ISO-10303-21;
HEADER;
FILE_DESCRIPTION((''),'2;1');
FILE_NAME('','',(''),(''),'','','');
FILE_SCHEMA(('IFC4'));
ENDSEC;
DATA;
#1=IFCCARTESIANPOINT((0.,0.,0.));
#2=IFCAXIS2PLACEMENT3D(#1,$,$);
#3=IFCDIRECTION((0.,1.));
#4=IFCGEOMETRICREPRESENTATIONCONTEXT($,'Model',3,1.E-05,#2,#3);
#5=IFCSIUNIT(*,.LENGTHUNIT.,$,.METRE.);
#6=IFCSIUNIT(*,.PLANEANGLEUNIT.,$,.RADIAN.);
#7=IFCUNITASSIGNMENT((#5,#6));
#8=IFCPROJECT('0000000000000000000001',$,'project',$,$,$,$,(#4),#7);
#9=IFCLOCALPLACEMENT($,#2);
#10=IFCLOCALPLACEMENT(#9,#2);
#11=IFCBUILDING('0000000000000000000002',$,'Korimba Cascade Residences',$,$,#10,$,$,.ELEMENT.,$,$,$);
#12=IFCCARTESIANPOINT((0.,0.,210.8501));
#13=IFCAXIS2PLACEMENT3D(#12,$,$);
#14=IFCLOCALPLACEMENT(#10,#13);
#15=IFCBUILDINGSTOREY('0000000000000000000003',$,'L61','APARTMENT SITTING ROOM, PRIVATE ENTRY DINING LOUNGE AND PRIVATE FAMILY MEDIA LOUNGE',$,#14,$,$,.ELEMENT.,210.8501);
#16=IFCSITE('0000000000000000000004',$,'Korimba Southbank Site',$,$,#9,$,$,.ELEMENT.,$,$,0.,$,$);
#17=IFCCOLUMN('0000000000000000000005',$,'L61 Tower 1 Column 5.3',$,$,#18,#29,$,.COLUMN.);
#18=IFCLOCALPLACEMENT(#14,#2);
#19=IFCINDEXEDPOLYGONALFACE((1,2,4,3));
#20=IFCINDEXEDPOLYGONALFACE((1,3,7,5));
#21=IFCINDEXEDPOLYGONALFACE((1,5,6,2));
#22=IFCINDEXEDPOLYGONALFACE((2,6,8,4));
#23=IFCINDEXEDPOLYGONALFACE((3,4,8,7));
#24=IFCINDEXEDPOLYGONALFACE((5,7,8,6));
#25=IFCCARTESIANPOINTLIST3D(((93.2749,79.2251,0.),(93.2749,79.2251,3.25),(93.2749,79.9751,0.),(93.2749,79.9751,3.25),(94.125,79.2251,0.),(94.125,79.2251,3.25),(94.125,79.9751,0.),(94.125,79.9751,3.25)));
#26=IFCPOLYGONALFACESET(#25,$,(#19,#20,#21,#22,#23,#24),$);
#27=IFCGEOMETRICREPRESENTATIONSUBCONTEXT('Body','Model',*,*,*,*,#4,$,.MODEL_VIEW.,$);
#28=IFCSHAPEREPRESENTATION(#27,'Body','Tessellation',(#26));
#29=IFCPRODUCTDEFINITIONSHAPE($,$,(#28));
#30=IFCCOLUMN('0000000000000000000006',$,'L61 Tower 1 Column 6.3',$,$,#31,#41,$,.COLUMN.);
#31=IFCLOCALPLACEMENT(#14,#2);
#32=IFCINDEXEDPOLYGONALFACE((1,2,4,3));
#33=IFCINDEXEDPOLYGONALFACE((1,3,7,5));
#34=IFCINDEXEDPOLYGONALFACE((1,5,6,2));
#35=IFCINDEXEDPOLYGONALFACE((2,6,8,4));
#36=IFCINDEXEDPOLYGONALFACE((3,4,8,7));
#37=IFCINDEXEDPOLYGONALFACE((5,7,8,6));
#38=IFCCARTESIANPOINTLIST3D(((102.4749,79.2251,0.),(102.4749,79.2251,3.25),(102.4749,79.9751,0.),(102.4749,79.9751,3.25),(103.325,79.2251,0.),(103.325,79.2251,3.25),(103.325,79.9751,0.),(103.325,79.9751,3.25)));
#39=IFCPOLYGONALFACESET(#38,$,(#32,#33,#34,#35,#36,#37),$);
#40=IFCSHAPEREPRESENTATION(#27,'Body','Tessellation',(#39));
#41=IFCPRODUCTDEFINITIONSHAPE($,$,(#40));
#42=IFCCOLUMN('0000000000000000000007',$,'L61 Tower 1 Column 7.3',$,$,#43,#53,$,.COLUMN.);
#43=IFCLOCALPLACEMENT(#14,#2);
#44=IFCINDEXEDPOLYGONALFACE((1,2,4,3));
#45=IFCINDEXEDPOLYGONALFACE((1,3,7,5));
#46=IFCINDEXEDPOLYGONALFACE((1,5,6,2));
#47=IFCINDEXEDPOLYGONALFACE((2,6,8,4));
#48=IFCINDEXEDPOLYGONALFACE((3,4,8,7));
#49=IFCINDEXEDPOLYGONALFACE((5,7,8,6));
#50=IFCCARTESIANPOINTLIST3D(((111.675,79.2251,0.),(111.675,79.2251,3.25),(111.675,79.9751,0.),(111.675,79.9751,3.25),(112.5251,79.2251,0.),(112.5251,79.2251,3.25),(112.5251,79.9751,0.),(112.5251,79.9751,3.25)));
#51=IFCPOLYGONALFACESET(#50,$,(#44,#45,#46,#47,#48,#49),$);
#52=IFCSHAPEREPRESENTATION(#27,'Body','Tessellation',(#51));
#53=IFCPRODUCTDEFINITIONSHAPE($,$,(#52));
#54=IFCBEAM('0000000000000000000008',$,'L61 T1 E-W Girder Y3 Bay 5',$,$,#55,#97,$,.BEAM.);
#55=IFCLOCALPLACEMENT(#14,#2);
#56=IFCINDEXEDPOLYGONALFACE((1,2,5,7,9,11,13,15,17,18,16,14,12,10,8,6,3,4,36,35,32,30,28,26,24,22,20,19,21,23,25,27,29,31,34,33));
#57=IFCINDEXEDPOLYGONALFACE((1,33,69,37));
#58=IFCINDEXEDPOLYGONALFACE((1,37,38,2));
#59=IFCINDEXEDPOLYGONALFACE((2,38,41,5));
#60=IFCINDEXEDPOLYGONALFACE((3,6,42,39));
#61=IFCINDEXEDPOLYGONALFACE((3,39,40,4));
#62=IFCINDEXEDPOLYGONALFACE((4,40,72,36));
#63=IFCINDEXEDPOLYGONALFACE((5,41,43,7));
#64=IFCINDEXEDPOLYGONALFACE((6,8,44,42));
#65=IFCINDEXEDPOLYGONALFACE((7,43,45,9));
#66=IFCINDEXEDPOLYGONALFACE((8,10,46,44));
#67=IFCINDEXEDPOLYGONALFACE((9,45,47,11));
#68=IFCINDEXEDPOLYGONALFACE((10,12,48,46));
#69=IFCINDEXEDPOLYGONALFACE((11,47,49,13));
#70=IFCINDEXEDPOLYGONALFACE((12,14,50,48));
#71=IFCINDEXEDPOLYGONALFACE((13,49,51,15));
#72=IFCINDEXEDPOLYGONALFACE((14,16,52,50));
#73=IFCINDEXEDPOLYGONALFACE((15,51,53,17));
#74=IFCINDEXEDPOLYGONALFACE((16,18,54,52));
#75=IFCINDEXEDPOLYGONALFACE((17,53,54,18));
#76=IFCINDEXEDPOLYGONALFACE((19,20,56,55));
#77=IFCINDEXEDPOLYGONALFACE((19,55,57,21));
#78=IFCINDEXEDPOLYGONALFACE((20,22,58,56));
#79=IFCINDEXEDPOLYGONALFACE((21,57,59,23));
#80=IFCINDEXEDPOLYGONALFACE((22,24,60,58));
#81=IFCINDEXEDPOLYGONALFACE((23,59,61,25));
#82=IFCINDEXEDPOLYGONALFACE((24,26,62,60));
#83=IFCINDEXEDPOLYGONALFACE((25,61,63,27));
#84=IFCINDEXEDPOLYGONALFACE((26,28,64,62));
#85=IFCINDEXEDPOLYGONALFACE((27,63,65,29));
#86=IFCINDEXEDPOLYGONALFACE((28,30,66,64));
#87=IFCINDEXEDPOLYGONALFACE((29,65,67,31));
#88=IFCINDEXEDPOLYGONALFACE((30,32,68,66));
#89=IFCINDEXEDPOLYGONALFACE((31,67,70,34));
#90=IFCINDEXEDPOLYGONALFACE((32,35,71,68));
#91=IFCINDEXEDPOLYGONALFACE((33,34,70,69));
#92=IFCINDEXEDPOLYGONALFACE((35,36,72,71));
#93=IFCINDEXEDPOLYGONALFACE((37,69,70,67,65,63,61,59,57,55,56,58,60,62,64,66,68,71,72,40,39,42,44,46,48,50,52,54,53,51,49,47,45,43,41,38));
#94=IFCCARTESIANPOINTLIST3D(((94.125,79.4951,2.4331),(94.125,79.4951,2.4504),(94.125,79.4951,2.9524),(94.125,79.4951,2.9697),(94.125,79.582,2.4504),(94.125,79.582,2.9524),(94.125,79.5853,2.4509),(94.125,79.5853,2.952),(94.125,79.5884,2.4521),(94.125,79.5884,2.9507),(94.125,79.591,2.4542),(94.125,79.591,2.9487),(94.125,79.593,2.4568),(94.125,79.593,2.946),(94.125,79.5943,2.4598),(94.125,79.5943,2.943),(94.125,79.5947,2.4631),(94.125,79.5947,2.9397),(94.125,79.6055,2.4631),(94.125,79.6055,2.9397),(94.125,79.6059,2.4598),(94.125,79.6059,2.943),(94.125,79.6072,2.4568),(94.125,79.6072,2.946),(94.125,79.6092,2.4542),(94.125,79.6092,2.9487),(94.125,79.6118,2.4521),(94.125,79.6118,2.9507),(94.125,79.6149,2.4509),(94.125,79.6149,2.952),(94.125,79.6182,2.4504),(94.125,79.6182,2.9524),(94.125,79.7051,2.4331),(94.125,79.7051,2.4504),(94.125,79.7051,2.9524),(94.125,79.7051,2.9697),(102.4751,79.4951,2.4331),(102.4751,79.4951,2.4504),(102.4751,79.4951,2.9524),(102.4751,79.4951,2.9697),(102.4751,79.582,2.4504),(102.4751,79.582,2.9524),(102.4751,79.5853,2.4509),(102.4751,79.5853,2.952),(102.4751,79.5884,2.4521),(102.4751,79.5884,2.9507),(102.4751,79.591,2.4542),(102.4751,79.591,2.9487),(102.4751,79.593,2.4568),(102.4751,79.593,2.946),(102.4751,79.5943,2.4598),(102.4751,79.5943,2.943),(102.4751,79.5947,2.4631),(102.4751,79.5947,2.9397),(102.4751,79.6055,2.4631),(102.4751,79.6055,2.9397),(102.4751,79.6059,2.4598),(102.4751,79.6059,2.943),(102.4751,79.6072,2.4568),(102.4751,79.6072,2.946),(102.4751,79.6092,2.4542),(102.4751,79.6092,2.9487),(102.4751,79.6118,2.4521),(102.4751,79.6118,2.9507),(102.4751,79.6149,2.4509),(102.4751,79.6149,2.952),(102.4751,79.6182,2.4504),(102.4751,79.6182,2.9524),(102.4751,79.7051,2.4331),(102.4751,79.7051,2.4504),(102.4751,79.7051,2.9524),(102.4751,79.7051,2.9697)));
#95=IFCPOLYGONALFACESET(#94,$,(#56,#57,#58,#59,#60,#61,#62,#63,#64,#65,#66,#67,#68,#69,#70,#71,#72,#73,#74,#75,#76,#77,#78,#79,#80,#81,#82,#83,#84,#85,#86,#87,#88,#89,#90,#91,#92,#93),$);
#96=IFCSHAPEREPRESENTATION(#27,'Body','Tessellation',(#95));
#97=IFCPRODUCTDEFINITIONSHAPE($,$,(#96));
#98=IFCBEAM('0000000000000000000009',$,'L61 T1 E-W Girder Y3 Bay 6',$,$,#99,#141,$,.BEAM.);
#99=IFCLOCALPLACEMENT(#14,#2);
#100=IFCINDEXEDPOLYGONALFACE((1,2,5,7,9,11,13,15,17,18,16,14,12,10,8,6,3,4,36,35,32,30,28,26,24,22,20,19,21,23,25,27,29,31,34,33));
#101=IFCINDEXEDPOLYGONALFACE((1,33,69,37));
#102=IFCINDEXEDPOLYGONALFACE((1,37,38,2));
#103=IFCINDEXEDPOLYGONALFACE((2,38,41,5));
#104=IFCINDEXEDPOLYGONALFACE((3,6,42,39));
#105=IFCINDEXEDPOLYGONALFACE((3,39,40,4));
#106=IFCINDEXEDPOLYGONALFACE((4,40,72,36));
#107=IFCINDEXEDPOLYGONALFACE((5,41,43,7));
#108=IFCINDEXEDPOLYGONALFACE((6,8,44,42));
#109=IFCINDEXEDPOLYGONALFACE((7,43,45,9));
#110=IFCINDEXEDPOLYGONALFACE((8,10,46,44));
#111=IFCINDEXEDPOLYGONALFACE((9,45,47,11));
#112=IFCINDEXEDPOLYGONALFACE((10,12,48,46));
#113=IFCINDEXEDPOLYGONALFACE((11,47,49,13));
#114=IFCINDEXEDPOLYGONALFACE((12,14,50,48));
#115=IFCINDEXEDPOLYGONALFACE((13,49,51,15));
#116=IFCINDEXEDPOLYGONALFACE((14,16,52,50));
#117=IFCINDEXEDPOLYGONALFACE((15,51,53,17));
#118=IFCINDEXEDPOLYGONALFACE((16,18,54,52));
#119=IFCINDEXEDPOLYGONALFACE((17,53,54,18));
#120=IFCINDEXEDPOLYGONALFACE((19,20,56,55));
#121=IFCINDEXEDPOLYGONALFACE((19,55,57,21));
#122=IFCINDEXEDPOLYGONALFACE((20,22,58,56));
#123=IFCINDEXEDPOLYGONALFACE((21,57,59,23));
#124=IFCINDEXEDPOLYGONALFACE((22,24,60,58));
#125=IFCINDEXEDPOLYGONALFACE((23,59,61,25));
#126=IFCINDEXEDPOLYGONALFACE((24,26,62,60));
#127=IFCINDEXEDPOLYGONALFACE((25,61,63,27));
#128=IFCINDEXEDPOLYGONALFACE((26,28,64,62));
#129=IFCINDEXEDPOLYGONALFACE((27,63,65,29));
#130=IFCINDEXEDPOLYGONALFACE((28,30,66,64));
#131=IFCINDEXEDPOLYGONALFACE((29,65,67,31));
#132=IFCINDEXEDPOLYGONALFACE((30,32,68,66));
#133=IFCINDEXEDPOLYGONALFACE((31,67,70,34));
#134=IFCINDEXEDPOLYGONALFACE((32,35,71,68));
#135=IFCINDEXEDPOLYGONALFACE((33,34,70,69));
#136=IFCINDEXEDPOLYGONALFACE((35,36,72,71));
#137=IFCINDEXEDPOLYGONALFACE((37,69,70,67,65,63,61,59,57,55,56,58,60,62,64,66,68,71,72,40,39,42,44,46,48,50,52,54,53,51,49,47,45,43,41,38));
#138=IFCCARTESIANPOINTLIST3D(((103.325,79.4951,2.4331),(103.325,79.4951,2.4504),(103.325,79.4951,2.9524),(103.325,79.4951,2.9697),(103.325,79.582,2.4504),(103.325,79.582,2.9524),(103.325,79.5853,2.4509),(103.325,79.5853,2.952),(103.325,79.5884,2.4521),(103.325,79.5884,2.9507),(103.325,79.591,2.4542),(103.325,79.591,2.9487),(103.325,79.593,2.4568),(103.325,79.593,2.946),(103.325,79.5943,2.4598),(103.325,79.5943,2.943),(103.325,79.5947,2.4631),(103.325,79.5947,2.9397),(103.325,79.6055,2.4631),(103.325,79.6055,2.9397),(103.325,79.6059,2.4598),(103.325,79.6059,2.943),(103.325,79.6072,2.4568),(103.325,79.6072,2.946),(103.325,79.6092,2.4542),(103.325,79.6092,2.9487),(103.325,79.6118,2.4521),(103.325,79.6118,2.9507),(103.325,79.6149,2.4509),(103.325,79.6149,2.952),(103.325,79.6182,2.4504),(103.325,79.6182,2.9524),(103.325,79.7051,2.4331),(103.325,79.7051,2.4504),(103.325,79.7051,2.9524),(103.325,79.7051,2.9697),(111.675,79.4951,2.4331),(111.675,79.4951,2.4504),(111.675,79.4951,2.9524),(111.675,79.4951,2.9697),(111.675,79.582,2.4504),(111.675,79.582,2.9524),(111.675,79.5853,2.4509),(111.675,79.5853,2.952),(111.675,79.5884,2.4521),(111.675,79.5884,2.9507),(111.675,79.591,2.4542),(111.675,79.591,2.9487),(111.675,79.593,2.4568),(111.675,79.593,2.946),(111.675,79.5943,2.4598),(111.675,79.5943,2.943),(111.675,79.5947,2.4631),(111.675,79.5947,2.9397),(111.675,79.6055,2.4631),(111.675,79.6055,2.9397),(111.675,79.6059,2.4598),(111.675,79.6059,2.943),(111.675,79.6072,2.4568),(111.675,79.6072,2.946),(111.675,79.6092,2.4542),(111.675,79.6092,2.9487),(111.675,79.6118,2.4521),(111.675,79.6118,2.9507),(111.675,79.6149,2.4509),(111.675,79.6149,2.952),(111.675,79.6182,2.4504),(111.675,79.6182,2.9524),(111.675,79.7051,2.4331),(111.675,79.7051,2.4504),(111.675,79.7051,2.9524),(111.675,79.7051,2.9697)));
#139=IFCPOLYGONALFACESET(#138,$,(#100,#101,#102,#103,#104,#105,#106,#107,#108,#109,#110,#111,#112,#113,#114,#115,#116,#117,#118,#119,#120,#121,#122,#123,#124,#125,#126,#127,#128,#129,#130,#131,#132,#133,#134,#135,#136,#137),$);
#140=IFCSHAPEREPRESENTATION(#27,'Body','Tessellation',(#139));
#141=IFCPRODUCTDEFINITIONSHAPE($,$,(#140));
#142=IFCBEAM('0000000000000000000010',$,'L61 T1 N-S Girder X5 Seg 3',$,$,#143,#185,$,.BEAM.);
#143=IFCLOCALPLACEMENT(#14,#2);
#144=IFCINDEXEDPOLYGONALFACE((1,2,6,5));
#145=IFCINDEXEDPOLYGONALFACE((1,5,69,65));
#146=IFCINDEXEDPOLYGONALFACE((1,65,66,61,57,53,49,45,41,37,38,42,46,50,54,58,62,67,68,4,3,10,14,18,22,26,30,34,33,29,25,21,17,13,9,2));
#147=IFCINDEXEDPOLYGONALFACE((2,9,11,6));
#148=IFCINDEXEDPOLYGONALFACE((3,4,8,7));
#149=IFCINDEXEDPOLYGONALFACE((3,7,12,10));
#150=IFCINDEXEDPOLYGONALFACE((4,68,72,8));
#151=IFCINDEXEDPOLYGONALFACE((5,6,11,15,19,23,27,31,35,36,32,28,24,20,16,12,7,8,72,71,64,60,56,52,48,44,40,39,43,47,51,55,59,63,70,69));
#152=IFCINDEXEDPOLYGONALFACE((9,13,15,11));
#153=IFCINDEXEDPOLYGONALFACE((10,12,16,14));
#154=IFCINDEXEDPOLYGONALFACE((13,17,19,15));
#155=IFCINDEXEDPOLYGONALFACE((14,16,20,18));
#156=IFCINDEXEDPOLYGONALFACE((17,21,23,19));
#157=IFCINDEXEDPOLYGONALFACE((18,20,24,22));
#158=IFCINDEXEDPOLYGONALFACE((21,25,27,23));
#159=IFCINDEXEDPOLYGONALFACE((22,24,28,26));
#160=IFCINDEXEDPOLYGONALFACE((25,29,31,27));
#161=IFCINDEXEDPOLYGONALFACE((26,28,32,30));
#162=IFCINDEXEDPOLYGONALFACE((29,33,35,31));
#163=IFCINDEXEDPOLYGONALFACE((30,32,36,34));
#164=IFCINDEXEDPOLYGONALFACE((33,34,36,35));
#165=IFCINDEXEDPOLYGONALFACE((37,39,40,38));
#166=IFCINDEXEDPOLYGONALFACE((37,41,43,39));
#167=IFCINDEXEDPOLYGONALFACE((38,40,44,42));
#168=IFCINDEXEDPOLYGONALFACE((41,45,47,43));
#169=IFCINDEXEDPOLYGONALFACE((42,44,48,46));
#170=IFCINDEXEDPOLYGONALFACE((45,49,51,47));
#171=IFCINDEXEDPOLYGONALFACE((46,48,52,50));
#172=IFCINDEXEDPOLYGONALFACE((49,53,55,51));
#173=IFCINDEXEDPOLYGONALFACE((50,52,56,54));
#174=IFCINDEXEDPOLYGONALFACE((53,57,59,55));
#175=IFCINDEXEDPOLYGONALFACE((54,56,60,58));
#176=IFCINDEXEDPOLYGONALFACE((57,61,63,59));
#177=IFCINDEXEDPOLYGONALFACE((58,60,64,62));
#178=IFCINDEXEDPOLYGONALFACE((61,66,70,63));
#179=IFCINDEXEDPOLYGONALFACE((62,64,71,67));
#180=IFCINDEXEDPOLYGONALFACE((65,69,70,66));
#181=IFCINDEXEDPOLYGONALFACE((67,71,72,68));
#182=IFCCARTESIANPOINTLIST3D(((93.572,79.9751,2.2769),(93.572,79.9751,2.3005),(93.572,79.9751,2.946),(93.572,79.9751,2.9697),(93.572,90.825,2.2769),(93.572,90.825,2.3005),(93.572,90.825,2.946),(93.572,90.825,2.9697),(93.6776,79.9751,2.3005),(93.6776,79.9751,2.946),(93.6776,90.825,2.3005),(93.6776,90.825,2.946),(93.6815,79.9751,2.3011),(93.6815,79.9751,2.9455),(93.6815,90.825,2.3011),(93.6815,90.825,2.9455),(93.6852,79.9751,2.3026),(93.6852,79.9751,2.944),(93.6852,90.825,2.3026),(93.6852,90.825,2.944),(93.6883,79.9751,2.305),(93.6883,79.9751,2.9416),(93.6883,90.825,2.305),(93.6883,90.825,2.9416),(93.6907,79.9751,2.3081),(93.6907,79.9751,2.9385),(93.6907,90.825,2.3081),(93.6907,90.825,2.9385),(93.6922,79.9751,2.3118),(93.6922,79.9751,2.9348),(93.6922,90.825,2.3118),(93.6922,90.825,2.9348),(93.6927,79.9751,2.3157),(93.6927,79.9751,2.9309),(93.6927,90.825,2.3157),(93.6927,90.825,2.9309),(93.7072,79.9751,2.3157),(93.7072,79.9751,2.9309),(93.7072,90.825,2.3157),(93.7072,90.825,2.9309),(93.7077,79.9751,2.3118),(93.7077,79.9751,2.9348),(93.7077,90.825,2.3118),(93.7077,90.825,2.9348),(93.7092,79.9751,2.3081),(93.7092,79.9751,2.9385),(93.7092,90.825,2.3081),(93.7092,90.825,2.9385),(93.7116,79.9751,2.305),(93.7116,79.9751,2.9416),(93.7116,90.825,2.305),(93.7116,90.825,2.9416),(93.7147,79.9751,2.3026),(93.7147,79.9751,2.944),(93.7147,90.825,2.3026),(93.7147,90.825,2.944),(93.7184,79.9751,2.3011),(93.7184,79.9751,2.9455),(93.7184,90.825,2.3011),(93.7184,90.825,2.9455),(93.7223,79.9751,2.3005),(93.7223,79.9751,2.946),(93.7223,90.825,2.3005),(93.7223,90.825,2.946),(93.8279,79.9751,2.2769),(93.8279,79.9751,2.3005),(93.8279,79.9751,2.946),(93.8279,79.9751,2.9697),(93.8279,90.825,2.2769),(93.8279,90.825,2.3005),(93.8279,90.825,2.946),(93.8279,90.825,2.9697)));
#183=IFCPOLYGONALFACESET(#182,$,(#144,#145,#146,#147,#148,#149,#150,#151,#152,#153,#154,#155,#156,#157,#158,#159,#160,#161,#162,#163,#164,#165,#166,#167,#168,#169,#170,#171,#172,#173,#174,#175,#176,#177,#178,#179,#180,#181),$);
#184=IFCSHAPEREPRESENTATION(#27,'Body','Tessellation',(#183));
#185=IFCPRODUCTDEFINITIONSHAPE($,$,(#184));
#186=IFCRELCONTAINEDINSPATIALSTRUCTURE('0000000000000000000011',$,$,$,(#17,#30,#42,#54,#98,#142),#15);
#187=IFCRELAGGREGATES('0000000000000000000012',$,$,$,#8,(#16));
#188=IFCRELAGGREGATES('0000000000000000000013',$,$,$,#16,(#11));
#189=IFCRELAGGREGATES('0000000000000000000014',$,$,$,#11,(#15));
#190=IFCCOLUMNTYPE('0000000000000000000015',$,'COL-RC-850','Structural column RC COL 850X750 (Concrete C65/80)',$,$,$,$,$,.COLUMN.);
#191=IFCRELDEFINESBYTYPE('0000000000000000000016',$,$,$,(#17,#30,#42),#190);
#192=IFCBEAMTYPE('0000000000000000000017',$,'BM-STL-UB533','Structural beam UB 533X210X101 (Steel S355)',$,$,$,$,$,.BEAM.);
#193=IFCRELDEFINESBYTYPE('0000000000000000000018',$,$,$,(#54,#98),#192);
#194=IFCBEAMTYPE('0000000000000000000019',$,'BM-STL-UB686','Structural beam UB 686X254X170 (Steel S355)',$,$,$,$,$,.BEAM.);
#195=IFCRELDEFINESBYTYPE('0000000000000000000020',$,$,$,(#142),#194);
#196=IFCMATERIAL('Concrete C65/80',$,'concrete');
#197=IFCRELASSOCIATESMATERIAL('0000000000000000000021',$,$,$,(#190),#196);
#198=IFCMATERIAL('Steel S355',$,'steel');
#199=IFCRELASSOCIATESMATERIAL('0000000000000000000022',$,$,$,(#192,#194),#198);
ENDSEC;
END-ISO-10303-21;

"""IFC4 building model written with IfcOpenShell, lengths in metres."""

from ifc_helpers import new_model, si_unit, direction, frame, origin, origin_2d, place, context, subcontext, project, spatial, rectangle, i_section, extrude, material, material_profile, profile_set, type_object, element, save


model = new_model("IFC4")

# Units and contexts
model_context = context("Model", 3, precision=1e-05, world=origin(), true_north=direction((0.0, 1.0)))
body_context = subcontext(model_context, "Body", "Model", "MODEL_VIEW")
ifc_project = project(units=[si_unit("LENGTHUNIT", "METRE"), si_unit("PLANEANGLEUNIT", "RADIAN")], contexts=[model_context])

# Site, building, storey
site_placement = place(None, origin())
site = spatial("IfcSite", under=ifc_project, at=site_placement, Name="Korimba Southbank Site", CompositionType="ELEMENT", RefElevation=0.0)
building_placement = place(site_placement, origin())
building = spatial("IfcBuilding", under=site, at=building_placement, Name="Korimba Cascade Residences", CompositionType="ELEMENT")
storey_placement = place(building_placement, frame((0.0, 0.0, 210.8501)))
storey = spatial("IfcBuildingStorey", under=building, at=storey_placement, Name="L61", Description="APARTMENT SITTING ROOM, PRIVATE ENTRY DINING LOUNGE AND PRIVATE FAMILY MEDIA LOUNGE", CompositionType="ELEMENT", Elevation=210.8501)

# Columns
ifc_material_1 = material(Name="Concrete C65/80", Category="concrete")
ifc_material_profile_1 = material_profile(ifc_material_1, rectangle(XDim=0.8501, YDim=0.75, at=origin_2d()), Name="Concrete C65/80")
ifc_profile_set_1 = profile_set([ifc_material_profile_1], Name="Concrete C65/80")
column_type = type_object("IfcColumnType", Name="COL-RC-850", Description="Structural column RC COL 850X750 (Concrete C65/80)", PredefinedType="COLUMN", material=ifc_profile_set_1)
for number, where, z_axis, x_axis, name in (
    (1, (93.7, 79.6001, 0.0), (0.0, 0.0, 1.0), (1.0, 0.0, 0.0), "L61 Tower 1 Column 5.3"),
    (2, (102.8999, 79.6001, 0.0), (0.0, 0.0, 1.0), (1.0, 0.0, 0.0), "L61 Tower 1 Column 6.3"),
    (3, (112.1001, 79.6001, 0.0), (0.0, 0.0, 1.0), (1.0, 0.0, 0.0), "L61 Tower 1 Column 7.3"),
):
    element("IfcColumn", number, at=place(storey_placement, frame(where, z_axis=z_axis, x_axis=x_axis)), inside=storey, type_object=column_type, Name=name, PredefinedType="COLUMN", context=body_context, shape_type="SweptSolid", body=[
        extrude(rectangle(XDim=0.8501, YDim=0.75, at=origin_2d()), origin(), (0.0, 0.0, 1.0), 3.25),
    ])

# Beams
ifc_material_2 = material(Name="Steel S355", Category="steel")
ifc_material_profile_2 = material_profile(ifc_material_2, i_section(OverallWidth=0.21, OverallDepth=0.5366, WebThickness=0.0107, FlangeThickness=0.0173, FilletRadius=0.0127, at=origin_2d()), Name="Steel S355")
ifc_profile_set_2 = profile_set([ifc_material_profile_2], Name="Steel S355")
beam_type_1 = type_object("IfcBeamType", Name="BM-STL-UB533", Description="Structural beam UB 533X210X101 (Steel S355)", PredefinedType="BEAM", material=ifc_profile_set_2)
for number, where, z_axis, x_axis, name in (
    (4, (94.125, 79.6001, 2.7014), (1.0, 0.0, 0.0), (0.0, 1.0, 0.0), "L61 T1 E-W Girder Y3 Bay 5"),
    (5, (103.325, 79.6001, 2.7014), (1.0, 0.0, 0.0), (0.0, 1.0, 0.0), "L61 T1 E-W Girder Y3 Bay 6"),
):
    element("IfcBeam", number, at=place(storey_placement, frame(where, z_axis=z_axis, x_axis=x_axis)), inside=storey, type_object=beam_type_1, Name=name, PredefinedType="BEAM", context=body_context, shape_type="SweptSolid", body=[
        extrude(i_section(OverallWidth=0.21, OverallDepth=0.5366, WebThickness=0.0107, FlangeThickness=0.0173, FilletRadius=0.0127, at=origin_2d()), origin(), (0.0, 0.0, 1.0), 8.3501),
    ])
ifc_material_profile_3 = material_profile(ifc_material_2, i_section(OverallWidth=0.2559, OverallDepth=0.6929, WebThickness=0.0144, FlangeThickness=0.0237, FilletRadius=0.0151, at=origin_2d()), Name="Steel S355")
ifc_profile_set_3 = profile_set([ifc_material_profile_3], Name="Steel S355")
beam_type_2 = type_object("IfcBeamType", Name="BM-STL-UB686", Description="Structural beam UB 686X254X170 (Steel S355)", PredefinedType="BEAM", material=ifc_profile_set_3)
for number, where, z_axis, x_axis, name in (
    (6, (93.7, 79.9751, 2.6233), (0.0, 1.0, 0.0), (-1.0, 0.0, 0.0), "L61 T1 N-S Girder X5 Seg 3"),
):
    element("IfcBeam", number, at=place(storey_placement, frame(where, z_axis=z_axis, x_axis=x_axis)), inside=storey, type_object=beam_type_2, Name=name, PredefinedType="BEAM", context=body_context, shape_type="SweptSolid", body=[
        extrude(i_section(OverallWidth=0.2559, OverallDepth=0.6929, WebThickness=0.0144, FlangeThickness=0.0237, FilletRadius=0.0151, at=origin_2d()), origin(), (0.0, 0.0, 1.0), 10.8499),
    ])

save(model, "model.ifc")
